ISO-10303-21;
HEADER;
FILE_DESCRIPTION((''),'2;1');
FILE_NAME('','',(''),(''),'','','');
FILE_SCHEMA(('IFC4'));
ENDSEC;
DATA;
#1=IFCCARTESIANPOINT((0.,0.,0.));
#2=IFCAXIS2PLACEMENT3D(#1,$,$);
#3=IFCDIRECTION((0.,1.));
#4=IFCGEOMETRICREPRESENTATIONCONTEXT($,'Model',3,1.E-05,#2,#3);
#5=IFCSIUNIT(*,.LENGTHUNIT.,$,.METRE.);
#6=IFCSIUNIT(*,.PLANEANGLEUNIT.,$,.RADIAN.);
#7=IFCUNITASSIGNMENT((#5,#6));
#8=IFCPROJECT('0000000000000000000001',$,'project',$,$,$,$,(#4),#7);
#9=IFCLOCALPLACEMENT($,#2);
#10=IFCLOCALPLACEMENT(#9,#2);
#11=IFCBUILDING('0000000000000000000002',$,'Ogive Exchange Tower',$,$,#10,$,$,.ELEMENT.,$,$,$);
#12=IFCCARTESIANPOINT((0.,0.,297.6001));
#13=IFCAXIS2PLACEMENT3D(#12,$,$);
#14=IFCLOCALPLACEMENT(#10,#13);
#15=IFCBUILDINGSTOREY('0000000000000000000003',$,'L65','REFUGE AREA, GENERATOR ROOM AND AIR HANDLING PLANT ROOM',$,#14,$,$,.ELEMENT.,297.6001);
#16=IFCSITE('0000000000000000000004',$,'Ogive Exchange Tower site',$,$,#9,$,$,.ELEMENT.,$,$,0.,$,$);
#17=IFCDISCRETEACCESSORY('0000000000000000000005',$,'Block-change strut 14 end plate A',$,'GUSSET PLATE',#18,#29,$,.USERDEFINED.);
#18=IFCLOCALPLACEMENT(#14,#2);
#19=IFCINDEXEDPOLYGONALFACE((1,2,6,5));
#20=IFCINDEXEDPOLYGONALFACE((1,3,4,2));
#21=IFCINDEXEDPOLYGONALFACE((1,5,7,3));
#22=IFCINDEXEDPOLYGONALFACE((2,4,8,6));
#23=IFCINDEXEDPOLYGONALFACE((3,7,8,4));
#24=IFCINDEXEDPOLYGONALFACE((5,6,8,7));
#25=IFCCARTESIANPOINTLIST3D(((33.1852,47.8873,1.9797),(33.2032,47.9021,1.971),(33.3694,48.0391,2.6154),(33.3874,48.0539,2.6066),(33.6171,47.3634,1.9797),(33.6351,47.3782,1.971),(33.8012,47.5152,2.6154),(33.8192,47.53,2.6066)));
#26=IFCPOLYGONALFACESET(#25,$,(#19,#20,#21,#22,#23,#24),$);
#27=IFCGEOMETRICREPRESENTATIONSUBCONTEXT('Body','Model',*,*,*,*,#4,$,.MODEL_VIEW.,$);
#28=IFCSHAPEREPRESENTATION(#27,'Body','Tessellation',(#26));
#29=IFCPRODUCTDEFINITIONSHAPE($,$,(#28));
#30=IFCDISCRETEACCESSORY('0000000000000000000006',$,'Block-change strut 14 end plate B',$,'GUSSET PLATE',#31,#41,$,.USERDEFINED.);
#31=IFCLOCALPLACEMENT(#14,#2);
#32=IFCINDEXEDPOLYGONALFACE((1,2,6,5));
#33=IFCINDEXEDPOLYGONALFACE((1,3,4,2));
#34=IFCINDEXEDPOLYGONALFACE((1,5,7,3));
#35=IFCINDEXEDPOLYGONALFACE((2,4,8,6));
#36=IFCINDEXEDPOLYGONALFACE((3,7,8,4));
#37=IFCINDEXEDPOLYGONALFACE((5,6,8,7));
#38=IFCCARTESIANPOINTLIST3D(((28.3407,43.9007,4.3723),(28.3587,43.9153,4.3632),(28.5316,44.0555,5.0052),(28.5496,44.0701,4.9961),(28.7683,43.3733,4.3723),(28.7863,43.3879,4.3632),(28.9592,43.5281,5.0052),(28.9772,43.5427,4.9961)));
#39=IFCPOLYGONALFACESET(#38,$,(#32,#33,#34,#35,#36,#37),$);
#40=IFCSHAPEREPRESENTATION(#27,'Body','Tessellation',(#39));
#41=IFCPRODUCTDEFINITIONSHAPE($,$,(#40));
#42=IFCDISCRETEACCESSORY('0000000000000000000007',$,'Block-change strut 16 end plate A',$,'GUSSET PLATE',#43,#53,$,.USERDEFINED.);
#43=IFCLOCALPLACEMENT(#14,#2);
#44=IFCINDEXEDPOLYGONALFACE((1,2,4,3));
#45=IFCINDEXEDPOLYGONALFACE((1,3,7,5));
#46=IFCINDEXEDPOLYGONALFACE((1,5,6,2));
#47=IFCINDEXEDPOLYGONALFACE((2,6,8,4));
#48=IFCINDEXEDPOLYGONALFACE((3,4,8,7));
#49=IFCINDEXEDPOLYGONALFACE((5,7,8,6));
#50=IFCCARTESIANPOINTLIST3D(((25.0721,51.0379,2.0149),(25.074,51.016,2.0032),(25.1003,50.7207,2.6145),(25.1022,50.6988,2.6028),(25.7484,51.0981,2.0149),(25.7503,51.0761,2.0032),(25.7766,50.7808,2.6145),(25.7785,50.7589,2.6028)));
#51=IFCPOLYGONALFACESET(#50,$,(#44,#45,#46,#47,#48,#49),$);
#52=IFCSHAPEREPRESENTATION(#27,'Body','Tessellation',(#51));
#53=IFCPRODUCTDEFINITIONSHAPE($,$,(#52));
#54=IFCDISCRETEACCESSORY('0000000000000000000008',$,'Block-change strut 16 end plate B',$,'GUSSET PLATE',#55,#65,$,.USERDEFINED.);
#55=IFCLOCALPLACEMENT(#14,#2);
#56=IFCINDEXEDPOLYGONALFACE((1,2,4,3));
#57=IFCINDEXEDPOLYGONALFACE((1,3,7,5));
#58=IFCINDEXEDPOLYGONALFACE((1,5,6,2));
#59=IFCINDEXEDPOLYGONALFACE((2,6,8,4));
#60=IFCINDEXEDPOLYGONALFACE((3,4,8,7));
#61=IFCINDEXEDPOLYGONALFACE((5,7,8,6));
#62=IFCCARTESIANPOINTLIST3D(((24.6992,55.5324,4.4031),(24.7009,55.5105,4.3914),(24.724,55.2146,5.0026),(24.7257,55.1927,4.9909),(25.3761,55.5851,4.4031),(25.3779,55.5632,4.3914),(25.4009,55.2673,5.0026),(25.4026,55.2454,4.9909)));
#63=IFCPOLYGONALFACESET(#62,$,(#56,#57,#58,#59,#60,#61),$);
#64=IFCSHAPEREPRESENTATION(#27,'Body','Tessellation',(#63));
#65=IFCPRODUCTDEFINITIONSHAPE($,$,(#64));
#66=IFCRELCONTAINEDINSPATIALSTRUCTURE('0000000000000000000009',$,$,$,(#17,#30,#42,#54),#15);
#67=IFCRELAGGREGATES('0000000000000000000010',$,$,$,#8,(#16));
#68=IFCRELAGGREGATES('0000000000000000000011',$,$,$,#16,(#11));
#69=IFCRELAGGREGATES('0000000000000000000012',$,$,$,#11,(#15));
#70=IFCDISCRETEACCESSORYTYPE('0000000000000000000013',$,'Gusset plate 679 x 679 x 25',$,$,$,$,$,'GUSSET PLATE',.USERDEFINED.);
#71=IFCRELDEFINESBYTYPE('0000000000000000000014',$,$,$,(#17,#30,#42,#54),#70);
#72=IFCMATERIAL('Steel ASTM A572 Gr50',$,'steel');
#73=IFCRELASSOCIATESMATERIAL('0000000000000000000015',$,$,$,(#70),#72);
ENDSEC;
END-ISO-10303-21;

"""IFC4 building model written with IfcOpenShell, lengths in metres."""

from ifc_helpers import new_model, si_unit, direction, frame, origin, origin_2d, place, context, subcontext, project, spatial, rectangle, extrude, material, material_profile, profile_set, type_object, element, save


model = new_model("IFC4")

# Units and contexts
model_context = context("Model", 3, precision=1e-05, world=origin(), true_north=direction((0.0, 1.0)))
body_context = subcontext(model_context, "Body", "Model", "MODEL_VIEW")
ifc_project = project(units=[si_unit("LENGTHUNIT", "METRE"), si_unit("PLANEANGLEUNIT", "RADIAN")], contexts=[model_context])

# Site, building, storey
site_placement = place(None, origin())
site = spatial("IfcSite", under=ifc_project, at=site_placement, Name="Ogive Exchange Tower site", CompositionType="ELEMENT", RefElevation=0.0)
building_placement = place(site_placement, origin())
building = spatial("IfcBuilding", under=site, at=building_placement, Name="Ogive Exchange Tower", CompositionType="ELEMENT")
storey_placement = place(building_placement, frame((0.0, 0.0, 297.6001)))
storey = spatial("IfcBuildingStorey", under=building, at=storey_placement, Name="L65", Description="REFUGE AREA, GENERATOR ROOM AND AIR HANDLING PLANT ROOM", CompositionType="ELEMENT", Elevation=297.6001)

# Discrete accessories
ifc_material_1 = material(Name="Steel ASTM A572 Gr50", Category="steel")
ifc_material_profile_1 = material_profile(ifc_material_1, rectangle(XDim=0.679, YDim=0.679, at=origin_2d()), Name="PL 679 x 679 x 25")
ifc_profile_set_1 = profile_set([ifc_material_profile_1], Name="Steel ASTM A572 Gr50")
discrete_accessory_type_1 = type_object("IfcDiscreteAccessoryType", Name="Gusset plate 679 x 679 x 25", ElementType="GUSSET PLATE", PredefinedType="USERDEFINED", material=ifc_profile_set_1)
for number, where, z_axis, x_axis, name in (
    (1, (33.5112, 47.7161, 2.2888), (-0.722407, -0.595498, 0.351441), (0.636073, -0.771629, 0.0), "Block-change strut 14 end plate A"),
    (2, (28.668, 43.729, 4.6797), (-0.724065, -0.58708, 0.362032), (0.629802, -0.776756, 0.0), "Block-change strut 14 end plate B"),
    (3, (25.4263, 50.8875, 2.303), (-0.078191, 0.879652, 0.469147), (-0.996073, -0.08854, 0.0), "Block-change strut 16 end plate A"),
    (4, (25.0518, 55.3779, 4.6912), (-0.068466, 0.880282, 0.469484), (-0.996989, -0.077544, 0.0), "Block-change strut 16 end plate B"),
):
    element("IfcDiscreteAccessory", number, at=place(storey_placement, frame(where, z_axis=z_axis, x_axis=x_axis)), inside=storey, type_object=discrete_accessory_type_1, Name=name, ObjectType="GUSSET PLATE", PredefinedType="USERDEFINED", context=body_context, shape_type="SweptSolid", body=[
        extrude(rectangle(XDim=0.679, YDim=0.679, at=origin_2d()), origin(), (0.0, 0.0, 1.0), 0.0249),
    ])

save(model, "model.ifc")
